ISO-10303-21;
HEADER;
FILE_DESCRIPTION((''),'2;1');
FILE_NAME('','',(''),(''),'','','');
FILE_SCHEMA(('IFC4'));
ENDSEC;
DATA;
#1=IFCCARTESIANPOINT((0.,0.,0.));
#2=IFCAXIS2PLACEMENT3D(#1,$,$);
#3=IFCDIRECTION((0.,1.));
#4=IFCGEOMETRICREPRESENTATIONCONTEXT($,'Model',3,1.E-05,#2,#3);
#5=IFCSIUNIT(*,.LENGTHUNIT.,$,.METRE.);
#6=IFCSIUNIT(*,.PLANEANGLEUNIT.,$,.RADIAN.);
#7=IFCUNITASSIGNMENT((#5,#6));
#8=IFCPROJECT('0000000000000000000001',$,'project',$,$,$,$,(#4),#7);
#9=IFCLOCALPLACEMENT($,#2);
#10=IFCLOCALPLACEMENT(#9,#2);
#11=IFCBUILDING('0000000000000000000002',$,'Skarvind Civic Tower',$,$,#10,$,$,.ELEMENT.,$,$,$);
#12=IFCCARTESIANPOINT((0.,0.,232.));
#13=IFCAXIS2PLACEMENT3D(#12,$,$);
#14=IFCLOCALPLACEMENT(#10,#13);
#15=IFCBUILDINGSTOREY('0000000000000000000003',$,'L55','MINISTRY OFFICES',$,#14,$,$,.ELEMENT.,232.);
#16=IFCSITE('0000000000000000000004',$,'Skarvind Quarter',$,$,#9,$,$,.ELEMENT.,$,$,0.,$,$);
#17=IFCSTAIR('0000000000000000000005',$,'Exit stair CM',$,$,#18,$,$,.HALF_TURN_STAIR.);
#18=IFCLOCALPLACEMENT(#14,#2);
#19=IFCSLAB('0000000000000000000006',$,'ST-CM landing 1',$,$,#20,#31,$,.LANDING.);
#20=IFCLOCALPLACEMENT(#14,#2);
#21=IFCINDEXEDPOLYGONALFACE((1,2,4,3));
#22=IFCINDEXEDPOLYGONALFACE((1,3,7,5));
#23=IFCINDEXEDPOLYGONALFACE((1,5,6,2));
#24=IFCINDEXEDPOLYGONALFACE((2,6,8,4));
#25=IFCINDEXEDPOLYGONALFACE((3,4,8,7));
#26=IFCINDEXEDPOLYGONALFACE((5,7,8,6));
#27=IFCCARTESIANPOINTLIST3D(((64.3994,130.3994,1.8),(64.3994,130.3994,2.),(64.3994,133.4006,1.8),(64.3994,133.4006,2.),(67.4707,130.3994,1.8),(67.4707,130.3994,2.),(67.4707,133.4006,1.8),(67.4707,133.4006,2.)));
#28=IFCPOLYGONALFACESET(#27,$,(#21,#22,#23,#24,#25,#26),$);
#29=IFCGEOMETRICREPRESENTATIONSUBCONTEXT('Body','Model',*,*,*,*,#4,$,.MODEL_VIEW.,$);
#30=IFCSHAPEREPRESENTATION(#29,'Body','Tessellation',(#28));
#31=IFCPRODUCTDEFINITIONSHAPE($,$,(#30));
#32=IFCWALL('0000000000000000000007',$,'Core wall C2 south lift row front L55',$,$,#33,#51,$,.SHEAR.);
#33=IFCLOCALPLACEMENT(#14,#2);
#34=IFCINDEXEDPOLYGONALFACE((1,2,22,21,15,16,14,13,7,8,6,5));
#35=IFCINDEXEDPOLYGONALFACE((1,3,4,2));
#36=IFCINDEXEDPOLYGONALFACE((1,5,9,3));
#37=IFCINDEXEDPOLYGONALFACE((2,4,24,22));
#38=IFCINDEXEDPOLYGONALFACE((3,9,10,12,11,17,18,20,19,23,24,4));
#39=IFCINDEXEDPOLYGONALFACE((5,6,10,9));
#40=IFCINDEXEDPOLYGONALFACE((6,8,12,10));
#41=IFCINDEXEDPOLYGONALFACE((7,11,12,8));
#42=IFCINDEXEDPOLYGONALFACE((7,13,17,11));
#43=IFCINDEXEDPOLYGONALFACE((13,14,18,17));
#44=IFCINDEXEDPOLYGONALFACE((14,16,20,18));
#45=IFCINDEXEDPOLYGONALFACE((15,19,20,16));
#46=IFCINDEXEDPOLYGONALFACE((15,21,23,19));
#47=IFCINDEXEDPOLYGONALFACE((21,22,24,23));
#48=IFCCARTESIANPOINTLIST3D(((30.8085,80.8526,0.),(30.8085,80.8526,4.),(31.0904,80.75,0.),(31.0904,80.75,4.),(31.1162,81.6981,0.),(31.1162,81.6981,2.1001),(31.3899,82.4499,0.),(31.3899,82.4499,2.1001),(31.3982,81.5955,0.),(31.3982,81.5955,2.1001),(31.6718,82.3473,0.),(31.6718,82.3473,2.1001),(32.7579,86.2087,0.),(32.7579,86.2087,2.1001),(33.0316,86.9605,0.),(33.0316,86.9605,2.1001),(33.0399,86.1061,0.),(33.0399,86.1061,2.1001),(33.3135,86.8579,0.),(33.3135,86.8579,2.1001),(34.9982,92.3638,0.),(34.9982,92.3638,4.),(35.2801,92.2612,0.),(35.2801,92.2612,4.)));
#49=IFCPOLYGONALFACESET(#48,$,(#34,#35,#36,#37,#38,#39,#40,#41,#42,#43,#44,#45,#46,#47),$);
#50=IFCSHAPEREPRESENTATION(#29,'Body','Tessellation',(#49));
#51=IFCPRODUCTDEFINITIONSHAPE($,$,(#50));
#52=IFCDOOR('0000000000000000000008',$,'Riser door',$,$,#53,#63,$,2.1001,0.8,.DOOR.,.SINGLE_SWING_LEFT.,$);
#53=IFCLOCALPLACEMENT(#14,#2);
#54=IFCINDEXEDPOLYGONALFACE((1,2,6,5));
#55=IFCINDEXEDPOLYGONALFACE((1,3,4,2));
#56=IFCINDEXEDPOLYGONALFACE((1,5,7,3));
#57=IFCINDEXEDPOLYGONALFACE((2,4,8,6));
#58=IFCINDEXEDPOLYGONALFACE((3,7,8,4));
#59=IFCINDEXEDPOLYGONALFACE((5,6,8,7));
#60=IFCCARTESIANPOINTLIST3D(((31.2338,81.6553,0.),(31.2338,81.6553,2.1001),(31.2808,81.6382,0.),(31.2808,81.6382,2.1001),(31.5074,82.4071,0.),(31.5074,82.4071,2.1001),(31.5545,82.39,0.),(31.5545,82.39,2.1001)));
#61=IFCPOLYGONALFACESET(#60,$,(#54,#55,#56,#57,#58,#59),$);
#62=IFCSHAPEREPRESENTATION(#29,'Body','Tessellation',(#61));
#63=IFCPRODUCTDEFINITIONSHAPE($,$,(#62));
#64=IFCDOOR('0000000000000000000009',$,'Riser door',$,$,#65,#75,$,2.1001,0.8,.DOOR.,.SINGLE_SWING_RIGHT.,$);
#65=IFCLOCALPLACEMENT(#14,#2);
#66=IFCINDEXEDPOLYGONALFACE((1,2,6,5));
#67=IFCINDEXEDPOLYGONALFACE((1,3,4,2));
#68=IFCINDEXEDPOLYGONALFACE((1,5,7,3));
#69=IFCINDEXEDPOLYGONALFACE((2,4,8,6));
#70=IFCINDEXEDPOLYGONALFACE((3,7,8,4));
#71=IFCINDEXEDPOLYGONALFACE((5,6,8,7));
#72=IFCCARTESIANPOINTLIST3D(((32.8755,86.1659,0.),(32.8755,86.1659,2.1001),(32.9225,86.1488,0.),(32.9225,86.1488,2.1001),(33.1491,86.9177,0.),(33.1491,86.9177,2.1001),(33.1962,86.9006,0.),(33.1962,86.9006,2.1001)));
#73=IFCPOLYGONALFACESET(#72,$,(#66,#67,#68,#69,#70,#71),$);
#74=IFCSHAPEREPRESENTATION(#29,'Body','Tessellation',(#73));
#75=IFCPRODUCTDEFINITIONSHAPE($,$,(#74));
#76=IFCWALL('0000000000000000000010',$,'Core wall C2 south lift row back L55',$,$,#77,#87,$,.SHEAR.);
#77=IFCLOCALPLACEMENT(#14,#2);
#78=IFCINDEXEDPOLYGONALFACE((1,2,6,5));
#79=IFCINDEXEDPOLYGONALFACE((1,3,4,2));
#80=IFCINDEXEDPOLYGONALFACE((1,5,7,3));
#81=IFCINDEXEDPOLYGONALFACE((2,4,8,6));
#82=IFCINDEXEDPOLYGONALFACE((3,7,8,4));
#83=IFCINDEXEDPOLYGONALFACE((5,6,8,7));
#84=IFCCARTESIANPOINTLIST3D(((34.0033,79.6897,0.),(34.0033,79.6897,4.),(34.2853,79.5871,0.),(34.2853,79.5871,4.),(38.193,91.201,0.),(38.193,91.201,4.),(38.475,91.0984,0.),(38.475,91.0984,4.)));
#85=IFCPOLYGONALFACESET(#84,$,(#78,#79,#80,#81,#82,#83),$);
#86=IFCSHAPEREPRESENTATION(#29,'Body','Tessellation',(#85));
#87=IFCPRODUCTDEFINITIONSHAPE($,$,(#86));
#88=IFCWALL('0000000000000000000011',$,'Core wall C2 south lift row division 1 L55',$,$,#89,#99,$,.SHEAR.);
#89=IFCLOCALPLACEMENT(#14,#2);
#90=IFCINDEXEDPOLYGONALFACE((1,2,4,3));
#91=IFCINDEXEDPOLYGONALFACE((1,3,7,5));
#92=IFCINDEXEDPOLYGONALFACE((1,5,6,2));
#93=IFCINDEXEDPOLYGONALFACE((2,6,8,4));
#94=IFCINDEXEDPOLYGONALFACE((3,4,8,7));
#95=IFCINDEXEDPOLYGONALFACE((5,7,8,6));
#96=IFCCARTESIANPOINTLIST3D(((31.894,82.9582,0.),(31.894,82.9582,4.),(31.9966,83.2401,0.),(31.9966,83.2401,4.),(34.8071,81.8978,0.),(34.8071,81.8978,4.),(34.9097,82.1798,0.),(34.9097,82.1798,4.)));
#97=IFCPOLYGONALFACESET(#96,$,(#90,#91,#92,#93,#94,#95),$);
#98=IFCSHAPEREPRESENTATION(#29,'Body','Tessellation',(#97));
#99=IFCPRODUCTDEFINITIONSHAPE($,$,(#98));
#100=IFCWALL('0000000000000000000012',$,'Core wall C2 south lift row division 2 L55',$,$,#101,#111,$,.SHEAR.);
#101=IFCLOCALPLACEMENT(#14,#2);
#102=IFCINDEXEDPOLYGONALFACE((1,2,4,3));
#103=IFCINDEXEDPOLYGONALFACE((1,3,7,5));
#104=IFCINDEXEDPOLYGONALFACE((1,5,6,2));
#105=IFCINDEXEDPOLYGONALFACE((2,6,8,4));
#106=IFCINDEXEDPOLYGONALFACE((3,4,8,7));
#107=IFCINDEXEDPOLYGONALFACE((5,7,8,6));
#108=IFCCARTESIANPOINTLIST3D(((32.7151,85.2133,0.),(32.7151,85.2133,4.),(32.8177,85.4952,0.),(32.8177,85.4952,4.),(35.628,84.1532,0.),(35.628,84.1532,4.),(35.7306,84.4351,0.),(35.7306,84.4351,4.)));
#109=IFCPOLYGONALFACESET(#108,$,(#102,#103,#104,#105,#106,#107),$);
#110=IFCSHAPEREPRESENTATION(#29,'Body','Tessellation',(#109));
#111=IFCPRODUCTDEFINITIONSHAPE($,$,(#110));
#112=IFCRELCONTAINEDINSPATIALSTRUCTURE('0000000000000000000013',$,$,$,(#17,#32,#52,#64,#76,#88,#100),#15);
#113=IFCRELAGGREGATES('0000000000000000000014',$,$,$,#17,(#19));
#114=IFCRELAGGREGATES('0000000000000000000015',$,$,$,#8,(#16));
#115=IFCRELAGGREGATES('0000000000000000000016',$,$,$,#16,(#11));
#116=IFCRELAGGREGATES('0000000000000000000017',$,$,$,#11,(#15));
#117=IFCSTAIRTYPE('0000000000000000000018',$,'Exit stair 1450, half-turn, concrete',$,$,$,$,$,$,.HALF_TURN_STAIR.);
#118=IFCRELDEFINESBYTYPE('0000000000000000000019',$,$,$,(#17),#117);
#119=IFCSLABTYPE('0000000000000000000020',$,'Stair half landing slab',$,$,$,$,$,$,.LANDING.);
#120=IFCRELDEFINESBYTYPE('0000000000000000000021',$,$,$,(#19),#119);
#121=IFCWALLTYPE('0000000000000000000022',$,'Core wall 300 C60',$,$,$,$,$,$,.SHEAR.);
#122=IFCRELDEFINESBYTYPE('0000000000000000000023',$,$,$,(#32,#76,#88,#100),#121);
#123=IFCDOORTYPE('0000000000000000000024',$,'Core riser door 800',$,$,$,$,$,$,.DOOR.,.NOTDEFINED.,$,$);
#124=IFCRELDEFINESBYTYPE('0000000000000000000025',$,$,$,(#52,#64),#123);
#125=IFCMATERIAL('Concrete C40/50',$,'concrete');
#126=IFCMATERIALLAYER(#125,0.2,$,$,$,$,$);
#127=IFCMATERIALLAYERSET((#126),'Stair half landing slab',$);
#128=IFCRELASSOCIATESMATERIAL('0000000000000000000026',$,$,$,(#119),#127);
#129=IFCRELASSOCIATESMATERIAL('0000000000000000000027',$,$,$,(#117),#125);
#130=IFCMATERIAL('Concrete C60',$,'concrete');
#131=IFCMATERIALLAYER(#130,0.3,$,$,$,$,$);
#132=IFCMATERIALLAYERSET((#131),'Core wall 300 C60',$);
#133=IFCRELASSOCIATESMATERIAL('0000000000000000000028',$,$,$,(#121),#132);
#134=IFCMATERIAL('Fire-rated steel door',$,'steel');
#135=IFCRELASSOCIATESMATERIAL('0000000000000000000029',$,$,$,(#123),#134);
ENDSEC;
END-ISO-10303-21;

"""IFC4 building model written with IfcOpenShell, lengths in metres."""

from ifc_helpers import new_model, si_unit, direction, frame, frame_2d, origin, place, context, subcontext, project, spatial, polyline, rectangle, outline, extrude, material, layer, layer_set, type_object, element, fill, aggregate, save


model = new_model("IFC4")

# Units and contexts
model_context = context("Model", 3, precision=1e-05, world=origin(), true_north=direction((0.0, 1.0)))
body_context = subcontext(model_context, "Body", "Model", "MODEL_VIEW")
ifc_project = project(units=[si_unit("LENGTHUNIT", "METRE"), si_unit("PLANEANGLEUNIT", "RADIAN")], contexts=[model_context])

# Site, building, storey
site_placement = place(None, origin())
site = spatial("IfcSite", under=ifc_project, at=site_placement, Name="Skarvind Quarter", CompositionType="ELEMENT", RefElevation=0.0)
building_placement = place(site_placement, origin())
building = spatial("IfcBuilding", under=site, at=building_placement, Name="Skarvind Civic Tower", CompositionType="ELEMENT")
storey_placement = place(building_placement, frame((0.0, 0.0, 232.0)))
storey = spatial("IfcBuildingStorey", under=building, at=storey_placement, Name="L55", Description="MINISTRY OFFICES", CompositionType="ELEMENT", Elevation=232.0)

# Shared definitions
ifc_material_1 = material(Name="Concrete C40/50", Category="concrete")

# Stair, slab
ifc_layer_1 = layer(ifc_material_1, 0.2)
ifc_layer_set_1 = layer_set([ifc_layer_1], Name="Stair half landing slab")
slab_type_1 = type_object("IfcSlabType", Name="Stair half landing slab", PredefinedType="LANDING", material=ifc_layer_set_1)
stair_type_1 = type_object("IfcStairType", Name="Exit stair 1450, half-turn, concrete", PredefinedType="HALF_TURN_STAIR", material=ifc_material_1)
stair_1_placement = place(storey_placement, origin())
stair_1 = element("IfcStair", 1, at=stair_1_placement, inside=storey, type_object=stair_type_1, Name="Exit stair CM", PredefinedType="HALF_TURN_STAIR")
slab_1_placement = place(storey_placement, frame((0.0, 0.0, 1.8)))
slab_1 = element("IfcSlab", 2, at=slab_1_placement, type_object=slab_type_1, Name="ST-CM landing 1", PredefinedType="LANDING", context=body_context, shape_type="SweptSolid", body=[
    extrude(outline(polyline([(67.4707, 133.4006), (67.4707, 130.3994), (64.3994, 130.3994), (64.3994, 133.4006), (67.4707, 133.4006)])), origin(), (0.0, 0.0, 1.0), 0.2),
])
aggregate(stair_1, [slab_1])

# Wall, openings, doors
ifc_material_2 = material(Name="Concrete C60", Category="concrete")
ifc_layer_2 = layer(ifc_material_2, 0.3)
ifc_layer_set_2 = layer_set([ifc_layer_2], Name="Core wall 300 C60")
wall_type_1 = type_object("IfcWallType", Name="Core wall 300 C60", PredefinedType="SHEAR", material=ifc_layer_set_2)
wall_1_placement = place(storey_placement, frame((30.9495, 80.8013, 0.0), z_axis=(0.0, 0.0, 1.0), x_axis=(0.342017, 0.939694, 0.0)))
wall_1 = element("IfcWall", 3, at=wall_1_placement, inside=storey, type_object=wall_type_1, Name="Core wall C2 south lift row front L55", PredefinedType="SHEAR", context=body_context, shape_type="SweptSolid", body=[
    extrude(rectangle(XDim=12.25, YDim=0.3, at=frame_2d((6.125, 0.0))), origin(), (0.0, 0.0, 1.0), 4.0),
])
opening_1_placement = place(wall_1_placement, frame((0.8999, 0.0, 0.0)))
opening_1 = element("IfcOpeningElement", 4, at=opening_1_placement, cuts=wall_1, PredefinedType="OPENING", context=body_context, shape_type="SweptSolid", body=[
    extrude(rectangle(XDim=0.8, YDim=2.1001, at=frame_2d((0.3999, 1.05))), frame((0.0, 0.1599, 0.0), z_axis=(0.0, -1.0, 0.0), x_axis=(1.0, 0.0, 0.0)), (0.0, 0.0, 1.0), 0.3201),
])
opening_2_placement = place(wall_1_placement, frame((5.7, 0.0, 0.0)))
opening_2 = element("IfcOpeningElement", 5, at=opening_2_placement, cuts=wall_1, PredefinedType="OPENING", context=body_context, shape_type="SweptSolid", body=[
    extrude(rectangle(XDim=0.8, YDim=2.1001, at=frame_2d((0.3999, 1.05))), frame((0.0, 0.1599, 0.0), z_axis=(0.0, -1.0, 0.0), x_axis=(1.0, 0.0, 0.0)), (0.0, 0.0, 1.0), 0.3201),
])
ifc_material_3 = material(Name="Fire-rated steel door", Category="steel")
door_type_1 = type_object("IfcDoorType", Name="Core riser door 800", OperationType="NOTDEFINED", PredefinedType="DOOR", material=ifc_material_3)
door_1_placement = place(opening_1_placement, origin())
door_1 = element("IfcDoor", 6, at=door_1_placement, inside=storey, type_object=door_type_1, Name="Riser door", OperationType="SINGLE_SWING_LEFT", OverallHeight=2.1001, OverallWidth=0.8, PredefinedType="DOOR", context=body_context, shape_type="SweptSolid", body=[
    extrude(rectangle(XDim=0.8, YDim=2.1001, at=frame_2d((0.3999, 1.05))), frame((0.0, 0.0249, 0.0), z_axis=(0.0, -1.0, 0.0), x_axis=(1.0, 0.0, 0.0)), (0.0, 0.0, 1.0), 0.05),
])
fill(opening_1, door_1)
door_2_placement = place(opening_2_placement, origin())
door_2 = element("IfcDoor", 7, at=door_2_placement, inside=storey, type_object=door_type_1, Name="Riser door", OperationType="SINGLE_SWING_RIGHT", OverallHeight=2.1001, OverallWidth=0.8, PredefinedType="DOOR", context=body_context, shape_type="SweptSolid", body=[
    extrude(rectangle(XDim=0.8, YDim=2.1001, at=frame_2d((0.3999, 1.05))), frame((0.0, 0.0249, 0.0), z_axis=(0.0, -1.0, 0.0), x_axis=(1.0, 0.0, 0.0)), (0.0, 0.0, 1.0), 0.05),
])
fill(opening_2, door_2)

# Walls
wall_2_placement = place(storey_placement, frame((34.1443, 79.6384, 0.0), z_axis=(0.0, 0.0, 1.0), x_axis=(0.342017, 0.939694, 0.0)))
element("IfcWall", 8, at=wall_2_placement, inside=storey, type_object=wall_type_1, Name="Core wall C2 south lift row back L55", PredefinedType="SHEAR", context=body_context, shape_type="SweptSolid", body=[
    extrude(rectangle(XDim=12.25, YDim=0.3, at=frame_2d((6.125, 0.0))), origin(), (0.0, 0.0, 1.0), 4.0),
])
wall_3_placement = place(storey_placement, frame((34.8584, 82.0388, 0.0), z_axis=(0.0, 0.0, 1.0), x_axis=(-0.93969, 0.342028, 0.0)))
element("IfcWall", 9, at=wall_3_placement, inside=storey, type_object=wall_type_1, Name="Core wall C2 south lift row division 1 L55", PredefinedType="SHEAR", context=body_context, shape_type="SweptSolid", body=[
    extrude(rectangle(XDim=3.1001, YDim=0.3, at=frame_2d((1.55, 0.0))), origin(), (0.0, 0.0, 1.0), 4.0),
])
wall_4_placement = place(storey_placement, frame((35.6792, 84.2942, 0.0), z_axis=(0.0, 0.0, 1.0), x_axis=(-0.939706, 0.341983, 0.0)))
element("IfcWall", 10, at=wall_4_placement, inside=storey, type_object=wall_type_1, Name="Core wall C2 south lift row division 2 L55", PredefinedType="SHEAR", context=body_context, shape_type="SweptSolid", body=[
    extrude(rectangle(XDim=3.0999, YDim=0.3, at=frame_2d((1.5498, 0.0))), origin(), (0.0, 0.0, 1.0), 4.0),
])

save(model, "model.ifc")
